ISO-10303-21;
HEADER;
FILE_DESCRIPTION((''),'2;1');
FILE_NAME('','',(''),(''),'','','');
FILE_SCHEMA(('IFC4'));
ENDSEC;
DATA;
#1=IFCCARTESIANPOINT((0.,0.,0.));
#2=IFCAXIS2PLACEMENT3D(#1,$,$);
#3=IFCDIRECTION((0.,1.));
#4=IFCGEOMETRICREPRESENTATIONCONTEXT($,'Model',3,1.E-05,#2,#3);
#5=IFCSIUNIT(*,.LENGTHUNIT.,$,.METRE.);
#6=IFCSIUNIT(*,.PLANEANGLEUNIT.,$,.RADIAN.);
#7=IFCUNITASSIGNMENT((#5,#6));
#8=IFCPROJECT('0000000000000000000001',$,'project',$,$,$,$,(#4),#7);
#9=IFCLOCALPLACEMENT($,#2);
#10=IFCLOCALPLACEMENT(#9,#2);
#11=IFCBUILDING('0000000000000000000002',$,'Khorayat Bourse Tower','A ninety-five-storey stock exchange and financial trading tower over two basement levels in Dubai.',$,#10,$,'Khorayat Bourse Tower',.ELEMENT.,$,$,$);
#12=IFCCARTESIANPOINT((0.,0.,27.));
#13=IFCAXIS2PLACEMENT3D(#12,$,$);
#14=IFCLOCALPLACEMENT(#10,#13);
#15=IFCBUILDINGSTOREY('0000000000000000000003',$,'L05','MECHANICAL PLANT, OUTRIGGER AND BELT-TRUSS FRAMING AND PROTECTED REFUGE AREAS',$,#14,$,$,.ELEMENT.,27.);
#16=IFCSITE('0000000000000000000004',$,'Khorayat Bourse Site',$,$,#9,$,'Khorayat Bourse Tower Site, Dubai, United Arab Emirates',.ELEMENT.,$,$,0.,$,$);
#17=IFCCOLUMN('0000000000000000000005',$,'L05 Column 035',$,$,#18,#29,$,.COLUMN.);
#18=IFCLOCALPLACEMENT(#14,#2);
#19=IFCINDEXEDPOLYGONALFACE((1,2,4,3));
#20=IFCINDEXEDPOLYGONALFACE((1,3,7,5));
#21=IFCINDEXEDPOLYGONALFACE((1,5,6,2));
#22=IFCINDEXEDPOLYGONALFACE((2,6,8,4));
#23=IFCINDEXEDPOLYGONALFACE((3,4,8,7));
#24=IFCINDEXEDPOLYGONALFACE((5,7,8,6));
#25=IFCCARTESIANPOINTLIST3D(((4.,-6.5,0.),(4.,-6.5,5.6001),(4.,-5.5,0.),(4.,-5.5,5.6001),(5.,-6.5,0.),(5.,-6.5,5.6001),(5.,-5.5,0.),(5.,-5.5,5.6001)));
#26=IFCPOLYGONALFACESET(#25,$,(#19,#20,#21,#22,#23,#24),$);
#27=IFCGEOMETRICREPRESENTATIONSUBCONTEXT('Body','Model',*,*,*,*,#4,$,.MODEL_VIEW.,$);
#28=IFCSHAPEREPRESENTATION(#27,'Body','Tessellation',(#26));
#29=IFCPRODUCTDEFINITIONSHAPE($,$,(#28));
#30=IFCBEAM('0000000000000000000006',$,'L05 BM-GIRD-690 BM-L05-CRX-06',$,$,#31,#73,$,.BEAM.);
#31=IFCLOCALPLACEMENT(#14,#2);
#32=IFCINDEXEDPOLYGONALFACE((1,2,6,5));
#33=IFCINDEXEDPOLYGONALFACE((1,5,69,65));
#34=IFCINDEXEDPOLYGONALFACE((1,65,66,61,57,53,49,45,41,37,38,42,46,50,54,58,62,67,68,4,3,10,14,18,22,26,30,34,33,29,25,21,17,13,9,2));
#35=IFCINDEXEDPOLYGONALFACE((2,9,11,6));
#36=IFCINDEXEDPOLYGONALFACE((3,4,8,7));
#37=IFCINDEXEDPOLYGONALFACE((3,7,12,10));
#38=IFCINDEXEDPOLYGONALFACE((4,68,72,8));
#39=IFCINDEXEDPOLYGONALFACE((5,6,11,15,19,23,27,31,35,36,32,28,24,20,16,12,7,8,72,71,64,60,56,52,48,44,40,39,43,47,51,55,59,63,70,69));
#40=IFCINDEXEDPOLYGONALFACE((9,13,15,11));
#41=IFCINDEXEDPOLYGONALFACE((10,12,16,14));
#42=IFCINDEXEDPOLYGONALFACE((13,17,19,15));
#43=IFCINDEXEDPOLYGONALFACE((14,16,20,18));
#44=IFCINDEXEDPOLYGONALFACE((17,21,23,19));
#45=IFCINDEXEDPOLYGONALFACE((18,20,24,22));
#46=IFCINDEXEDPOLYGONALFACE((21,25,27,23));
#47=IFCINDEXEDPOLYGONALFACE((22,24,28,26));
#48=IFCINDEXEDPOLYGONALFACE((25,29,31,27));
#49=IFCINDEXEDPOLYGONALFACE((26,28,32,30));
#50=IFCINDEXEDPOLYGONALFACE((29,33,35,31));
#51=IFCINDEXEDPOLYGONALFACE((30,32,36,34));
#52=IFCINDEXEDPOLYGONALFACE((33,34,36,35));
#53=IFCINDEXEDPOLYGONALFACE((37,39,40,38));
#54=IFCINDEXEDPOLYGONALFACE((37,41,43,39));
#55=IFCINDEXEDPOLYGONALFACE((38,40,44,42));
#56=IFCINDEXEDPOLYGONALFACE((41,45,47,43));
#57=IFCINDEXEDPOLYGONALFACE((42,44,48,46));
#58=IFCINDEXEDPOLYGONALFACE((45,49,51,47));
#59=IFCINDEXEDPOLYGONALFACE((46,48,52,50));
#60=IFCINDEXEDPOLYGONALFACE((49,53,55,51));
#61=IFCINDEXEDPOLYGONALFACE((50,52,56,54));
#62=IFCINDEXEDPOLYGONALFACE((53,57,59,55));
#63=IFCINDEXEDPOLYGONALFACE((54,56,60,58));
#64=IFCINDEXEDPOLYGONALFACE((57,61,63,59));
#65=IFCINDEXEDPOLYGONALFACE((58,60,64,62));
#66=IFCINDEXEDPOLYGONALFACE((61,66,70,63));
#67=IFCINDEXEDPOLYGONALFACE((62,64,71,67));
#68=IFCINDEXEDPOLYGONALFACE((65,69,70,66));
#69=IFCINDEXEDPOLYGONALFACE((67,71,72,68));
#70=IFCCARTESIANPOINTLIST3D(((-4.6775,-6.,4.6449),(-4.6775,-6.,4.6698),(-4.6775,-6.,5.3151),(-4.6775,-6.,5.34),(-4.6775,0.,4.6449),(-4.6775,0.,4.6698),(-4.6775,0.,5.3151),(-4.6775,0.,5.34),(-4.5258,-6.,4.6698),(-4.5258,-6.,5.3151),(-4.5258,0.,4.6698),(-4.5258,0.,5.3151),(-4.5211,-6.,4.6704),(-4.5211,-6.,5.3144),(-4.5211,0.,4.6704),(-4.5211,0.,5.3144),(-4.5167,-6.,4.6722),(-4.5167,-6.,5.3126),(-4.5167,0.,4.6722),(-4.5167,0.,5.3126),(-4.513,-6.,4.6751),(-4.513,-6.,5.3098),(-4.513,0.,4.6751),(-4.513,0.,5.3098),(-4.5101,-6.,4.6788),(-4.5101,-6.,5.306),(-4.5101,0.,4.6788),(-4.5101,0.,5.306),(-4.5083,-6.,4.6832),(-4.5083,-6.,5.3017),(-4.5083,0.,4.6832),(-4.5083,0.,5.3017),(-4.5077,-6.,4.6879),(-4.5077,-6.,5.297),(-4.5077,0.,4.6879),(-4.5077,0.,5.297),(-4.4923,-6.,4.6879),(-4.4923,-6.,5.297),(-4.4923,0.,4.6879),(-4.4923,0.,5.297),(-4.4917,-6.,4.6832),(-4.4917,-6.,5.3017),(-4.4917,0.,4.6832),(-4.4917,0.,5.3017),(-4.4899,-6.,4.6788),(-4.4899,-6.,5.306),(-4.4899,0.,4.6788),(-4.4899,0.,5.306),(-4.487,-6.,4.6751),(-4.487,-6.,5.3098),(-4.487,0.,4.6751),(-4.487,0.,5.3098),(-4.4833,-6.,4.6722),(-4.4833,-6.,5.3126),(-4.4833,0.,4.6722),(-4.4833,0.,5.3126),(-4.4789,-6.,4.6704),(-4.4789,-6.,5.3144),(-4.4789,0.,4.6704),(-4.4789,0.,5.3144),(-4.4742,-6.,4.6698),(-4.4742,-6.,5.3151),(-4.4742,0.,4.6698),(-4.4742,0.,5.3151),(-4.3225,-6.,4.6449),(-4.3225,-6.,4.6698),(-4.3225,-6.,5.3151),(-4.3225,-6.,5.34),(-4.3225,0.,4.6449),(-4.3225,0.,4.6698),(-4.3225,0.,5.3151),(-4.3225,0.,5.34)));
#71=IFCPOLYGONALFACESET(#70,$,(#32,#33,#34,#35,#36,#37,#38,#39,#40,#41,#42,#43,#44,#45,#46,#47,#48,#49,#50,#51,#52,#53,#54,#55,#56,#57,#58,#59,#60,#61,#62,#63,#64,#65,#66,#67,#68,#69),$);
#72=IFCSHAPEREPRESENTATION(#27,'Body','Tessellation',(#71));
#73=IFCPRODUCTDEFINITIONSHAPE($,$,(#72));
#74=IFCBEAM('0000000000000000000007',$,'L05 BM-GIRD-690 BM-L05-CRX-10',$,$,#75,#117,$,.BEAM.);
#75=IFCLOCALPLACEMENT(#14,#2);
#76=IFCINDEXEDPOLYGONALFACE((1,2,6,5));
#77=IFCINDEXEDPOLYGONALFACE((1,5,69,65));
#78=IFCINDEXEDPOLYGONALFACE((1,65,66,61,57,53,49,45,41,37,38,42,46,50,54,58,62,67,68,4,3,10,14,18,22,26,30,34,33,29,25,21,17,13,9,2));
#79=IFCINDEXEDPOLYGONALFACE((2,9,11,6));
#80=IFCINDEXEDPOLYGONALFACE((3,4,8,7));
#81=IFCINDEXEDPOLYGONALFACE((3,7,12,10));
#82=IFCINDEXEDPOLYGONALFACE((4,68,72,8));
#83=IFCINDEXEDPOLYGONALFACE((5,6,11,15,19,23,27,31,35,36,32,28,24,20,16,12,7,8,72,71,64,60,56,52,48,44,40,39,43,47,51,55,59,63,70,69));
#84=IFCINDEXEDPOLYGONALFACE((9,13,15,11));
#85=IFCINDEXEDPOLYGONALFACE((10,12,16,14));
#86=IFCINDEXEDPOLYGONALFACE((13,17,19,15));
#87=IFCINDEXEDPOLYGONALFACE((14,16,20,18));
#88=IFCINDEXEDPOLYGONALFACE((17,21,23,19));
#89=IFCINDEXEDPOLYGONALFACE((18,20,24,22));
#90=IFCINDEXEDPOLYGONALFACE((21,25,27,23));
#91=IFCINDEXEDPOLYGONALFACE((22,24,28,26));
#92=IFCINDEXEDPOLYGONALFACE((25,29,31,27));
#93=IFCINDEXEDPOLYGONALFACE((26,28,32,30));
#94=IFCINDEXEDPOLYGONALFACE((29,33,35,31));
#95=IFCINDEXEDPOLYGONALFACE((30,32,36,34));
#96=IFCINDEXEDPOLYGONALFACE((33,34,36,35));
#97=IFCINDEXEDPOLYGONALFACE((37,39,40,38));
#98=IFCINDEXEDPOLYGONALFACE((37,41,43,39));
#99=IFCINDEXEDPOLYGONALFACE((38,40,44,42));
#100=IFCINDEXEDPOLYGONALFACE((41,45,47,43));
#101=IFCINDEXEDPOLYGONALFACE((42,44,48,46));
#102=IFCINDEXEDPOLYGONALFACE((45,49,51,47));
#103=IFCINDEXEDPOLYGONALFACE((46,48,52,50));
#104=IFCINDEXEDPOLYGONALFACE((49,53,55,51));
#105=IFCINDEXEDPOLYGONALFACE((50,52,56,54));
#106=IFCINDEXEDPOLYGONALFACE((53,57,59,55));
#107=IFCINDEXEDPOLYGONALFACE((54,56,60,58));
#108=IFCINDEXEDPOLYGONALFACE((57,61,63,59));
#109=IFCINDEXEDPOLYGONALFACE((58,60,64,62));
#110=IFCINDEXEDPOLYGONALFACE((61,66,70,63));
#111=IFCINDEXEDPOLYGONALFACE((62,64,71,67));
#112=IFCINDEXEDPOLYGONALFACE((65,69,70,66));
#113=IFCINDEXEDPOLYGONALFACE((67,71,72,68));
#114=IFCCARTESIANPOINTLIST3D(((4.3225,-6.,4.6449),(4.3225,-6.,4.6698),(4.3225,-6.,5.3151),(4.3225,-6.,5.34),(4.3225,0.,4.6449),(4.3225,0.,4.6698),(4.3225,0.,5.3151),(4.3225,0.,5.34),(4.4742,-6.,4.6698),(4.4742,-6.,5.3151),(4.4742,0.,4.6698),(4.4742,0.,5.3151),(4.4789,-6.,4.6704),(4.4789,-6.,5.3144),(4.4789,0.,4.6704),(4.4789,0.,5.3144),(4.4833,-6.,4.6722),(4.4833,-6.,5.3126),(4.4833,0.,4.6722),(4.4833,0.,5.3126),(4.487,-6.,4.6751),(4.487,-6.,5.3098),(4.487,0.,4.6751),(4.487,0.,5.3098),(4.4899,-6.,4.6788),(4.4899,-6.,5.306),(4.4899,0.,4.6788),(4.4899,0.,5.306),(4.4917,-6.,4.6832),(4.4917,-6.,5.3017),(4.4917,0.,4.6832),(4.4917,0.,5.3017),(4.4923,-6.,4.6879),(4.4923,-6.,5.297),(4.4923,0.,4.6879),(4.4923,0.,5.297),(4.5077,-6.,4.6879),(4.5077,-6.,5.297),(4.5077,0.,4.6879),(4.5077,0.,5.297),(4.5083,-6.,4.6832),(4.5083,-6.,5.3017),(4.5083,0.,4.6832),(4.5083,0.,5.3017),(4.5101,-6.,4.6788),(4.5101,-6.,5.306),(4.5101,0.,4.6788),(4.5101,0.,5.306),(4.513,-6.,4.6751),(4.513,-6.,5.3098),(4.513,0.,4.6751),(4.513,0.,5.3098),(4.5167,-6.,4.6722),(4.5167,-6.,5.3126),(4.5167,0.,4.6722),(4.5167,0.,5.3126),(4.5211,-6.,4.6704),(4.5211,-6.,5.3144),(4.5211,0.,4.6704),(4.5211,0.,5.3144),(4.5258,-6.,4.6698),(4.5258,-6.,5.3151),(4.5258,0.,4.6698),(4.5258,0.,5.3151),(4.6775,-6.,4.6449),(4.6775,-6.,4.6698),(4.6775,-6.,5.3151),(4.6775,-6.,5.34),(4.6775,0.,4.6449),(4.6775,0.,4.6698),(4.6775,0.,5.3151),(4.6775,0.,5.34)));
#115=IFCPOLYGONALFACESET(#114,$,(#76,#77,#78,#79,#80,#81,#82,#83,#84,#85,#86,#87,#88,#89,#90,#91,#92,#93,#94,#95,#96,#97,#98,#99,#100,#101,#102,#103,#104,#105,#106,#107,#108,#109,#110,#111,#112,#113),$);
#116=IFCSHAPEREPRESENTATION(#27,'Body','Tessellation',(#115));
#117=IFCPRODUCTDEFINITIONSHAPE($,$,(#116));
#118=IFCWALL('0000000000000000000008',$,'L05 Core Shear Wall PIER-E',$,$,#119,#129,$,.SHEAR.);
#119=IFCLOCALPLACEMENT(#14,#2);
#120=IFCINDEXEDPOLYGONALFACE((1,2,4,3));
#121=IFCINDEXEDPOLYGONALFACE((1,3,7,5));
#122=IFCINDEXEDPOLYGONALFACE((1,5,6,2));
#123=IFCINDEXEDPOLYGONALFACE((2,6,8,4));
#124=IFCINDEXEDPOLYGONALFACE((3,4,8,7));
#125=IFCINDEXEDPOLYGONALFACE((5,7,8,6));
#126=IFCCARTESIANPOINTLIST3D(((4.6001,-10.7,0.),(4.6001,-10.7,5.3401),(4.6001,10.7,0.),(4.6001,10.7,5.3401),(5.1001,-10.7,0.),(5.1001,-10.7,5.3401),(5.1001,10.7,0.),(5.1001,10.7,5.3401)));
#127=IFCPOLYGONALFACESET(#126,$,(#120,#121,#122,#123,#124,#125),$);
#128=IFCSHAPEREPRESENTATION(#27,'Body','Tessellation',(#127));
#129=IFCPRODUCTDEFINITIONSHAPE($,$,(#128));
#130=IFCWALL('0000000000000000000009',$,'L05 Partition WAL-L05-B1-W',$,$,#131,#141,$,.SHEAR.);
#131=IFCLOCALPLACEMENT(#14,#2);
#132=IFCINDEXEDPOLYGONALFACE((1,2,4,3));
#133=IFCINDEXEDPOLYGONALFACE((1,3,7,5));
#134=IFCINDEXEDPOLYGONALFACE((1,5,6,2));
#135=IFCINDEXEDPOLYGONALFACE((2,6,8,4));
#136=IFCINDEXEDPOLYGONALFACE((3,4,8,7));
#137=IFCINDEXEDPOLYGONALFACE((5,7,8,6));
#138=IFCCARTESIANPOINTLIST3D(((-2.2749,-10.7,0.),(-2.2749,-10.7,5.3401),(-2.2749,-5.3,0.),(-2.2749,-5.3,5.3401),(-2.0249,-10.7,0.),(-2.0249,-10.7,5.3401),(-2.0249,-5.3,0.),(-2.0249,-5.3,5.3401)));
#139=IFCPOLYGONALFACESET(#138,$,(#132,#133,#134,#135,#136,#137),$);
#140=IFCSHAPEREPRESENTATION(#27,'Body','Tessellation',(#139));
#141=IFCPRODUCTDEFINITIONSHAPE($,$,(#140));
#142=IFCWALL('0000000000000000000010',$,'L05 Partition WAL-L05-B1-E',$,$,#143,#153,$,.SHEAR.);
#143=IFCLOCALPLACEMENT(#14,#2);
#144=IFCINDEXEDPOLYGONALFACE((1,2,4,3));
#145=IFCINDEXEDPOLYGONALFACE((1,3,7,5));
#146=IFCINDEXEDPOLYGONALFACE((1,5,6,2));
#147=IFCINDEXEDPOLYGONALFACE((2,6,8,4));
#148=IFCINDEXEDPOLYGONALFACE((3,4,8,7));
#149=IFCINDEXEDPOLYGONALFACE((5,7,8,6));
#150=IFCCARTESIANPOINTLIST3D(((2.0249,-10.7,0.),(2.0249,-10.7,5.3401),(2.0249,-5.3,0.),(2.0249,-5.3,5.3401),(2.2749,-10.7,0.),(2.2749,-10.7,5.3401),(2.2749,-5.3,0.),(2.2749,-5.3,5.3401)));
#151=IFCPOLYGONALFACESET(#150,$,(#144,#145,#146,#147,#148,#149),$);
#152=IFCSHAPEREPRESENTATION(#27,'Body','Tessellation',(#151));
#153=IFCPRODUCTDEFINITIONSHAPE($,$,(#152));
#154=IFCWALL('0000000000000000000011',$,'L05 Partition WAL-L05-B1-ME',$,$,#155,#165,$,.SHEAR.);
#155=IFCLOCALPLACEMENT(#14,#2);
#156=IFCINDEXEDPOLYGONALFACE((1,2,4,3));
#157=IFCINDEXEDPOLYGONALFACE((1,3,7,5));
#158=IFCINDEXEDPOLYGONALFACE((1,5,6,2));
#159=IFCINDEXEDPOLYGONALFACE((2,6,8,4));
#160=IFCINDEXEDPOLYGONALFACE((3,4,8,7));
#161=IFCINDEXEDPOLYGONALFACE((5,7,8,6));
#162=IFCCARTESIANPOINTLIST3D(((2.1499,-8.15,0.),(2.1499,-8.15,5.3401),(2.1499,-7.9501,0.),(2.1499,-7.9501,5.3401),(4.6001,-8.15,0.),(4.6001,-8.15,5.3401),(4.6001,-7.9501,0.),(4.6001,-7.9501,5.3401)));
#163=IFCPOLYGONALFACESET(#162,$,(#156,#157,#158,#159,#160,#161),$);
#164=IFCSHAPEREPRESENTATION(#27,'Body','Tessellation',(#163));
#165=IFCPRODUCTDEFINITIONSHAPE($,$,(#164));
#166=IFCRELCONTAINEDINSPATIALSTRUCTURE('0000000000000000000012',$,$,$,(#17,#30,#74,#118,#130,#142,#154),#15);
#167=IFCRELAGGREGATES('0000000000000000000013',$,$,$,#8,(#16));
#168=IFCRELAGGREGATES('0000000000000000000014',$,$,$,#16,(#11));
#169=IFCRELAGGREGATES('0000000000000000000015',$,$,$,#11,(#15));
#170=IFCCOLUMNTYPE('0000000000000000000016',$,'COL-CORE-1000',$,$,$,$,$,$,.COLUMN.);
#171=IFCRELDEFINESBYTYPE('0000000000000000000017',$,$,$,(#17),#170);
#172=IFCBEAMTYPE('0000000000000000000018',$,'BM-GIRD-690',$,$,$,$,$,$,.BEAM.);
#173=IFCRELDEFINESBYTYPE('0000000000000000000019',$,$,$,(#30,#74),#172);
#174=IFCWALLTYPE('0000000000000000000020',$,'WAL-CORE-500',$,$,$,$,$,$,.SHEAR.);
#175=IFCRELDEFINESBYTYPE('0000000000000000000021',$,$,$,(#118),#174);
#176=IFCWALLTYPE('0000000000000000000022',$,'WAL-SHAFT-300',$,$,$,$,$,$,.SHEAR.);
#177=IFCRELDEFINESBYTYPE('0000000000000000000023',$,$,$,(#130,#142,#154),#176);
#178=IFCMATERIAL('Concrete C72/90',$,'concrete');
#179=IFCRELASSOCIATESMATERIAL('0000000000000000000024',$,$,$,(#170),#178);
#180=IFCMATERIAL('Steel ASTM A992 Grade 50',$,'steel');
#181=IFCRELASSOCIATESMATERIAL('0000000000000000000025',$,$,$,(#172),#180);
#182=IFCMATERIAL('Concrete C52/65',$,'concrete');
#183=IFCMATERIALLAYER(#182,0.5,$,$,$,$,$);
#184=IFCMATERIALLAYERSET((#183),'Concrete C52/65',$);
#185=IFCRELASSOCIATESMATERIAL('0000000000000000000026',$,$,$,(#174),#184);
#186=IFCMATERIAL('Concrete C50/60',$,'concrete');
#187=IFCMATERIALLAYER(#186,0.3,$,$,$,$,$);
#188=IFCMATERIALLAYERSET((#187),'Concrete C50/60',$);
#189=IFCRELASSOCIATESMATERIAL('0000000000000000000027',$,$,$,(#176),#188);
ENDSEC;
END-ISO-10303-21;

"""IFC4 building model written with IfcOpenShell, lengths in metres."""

from ifc_helpers import new_model, si_unit, direction, frame, frame_2d, origin, origin_2d, place, context, subcontext, project, spatial, rectangle, i_section, extrude, source, transform, mapped, material, layer, layer_set, material_profile, profile_set, type_object, element, save


model = new_model("IFC4")

# Units and contexts
model_context = context("Model", 3, precision=1e-05, world=origin(), true_north=direction((0.0, 1.0)))
body_context = subcontext(model_context, "Body", "Model", "MODEL_VIEW")
ifc_project = project(units=[si_unit("LENGTHUNIT", "METRE"), si_unit("PLANEANGLEUNIT", "RADIAN")], contexts=[model_context])

# Site, building, storey
site_placement = place(None, origin())
site = spatial("IfcSite", under=ifc_project, at=site_placement, Name="Khorayat Bourse Site", LongName="Khorayat Bourse Tower Site, Dubai, United Arab Emirates", CompositionType="ELEMENT", RefElevation=0.0)
building_placement = place(site_placement, origin())
building = spatial("IfcBuilding", under=site, at=building_placement, Name="Khorayat Bourse Tower", Description="A ninety-five-storey stock exchange and financial trading tower over two basement levels in Dubai.", LongName="Khorayat Bourse Tower", CompositionType="ELEMENT")
storey_placement = place(building_placement, frame((0.0, 0.0, 27.0)))
storey = spatial("IfcBuildingStorey", under=building, at=storey_placement, Name="L05", Description="MECHANICAL PLANT, OUTRIGGER AND BELT-TRUSS FRAMING AND PROTECTED REFUGE AREAS", CompositionType="ELEMENT", Elevation=27.0)

# Column
ifc_material_1 = material(Name="Concrete C72/90", Category="concrete")
ifc_material_profile_1 = material_profile(ifc_material_1, rectangle(XDim=1.0, YDim=1.0, at=origin_2d()), Name="RC 1000x1000")
ifc_profile_set_1 = profile_set([ifc_material_profile_1], Name="Concrete C72/90")
column_type = type_object("IfcColumnType", Name="COL-CORE-1000", PredefinedType="COLUMN", material=ifc_profile_set_1)
shared_shape_1 = source(origin(), body_context, "Body", "SweptSolid", [
    extrude(rectangle(XDim=1.0, YDim=1.0, at=origin_2d()), origin(), (0.0, 0.0, 1.0), 5.6001),
])
column_placement = place(storey_placement, frame((4.5, -6.0, 0.0), z_axis=(0.0, 0.0, 1.0), x_axis=(1.0, 0.0, 0.0)))
element("IfcColumn", 1, at=column_placement, inside=storey, type_object=column_type, Name="L05 Column 035", PredefinedType="COLUMN", context=body_context, shape_type="MappedRepresentation", body=[
    mapped(shared_shape_1, transform((0.0, 0.0, 0.0), scale=1.0)),
])

# Beams
ifc_material_2 = material(Name="Steel ASTM A992 Grade 50", Category="steel")
ifc_material_profile_2 = material_profile(ifc_material_2, i_section(OverallWidth=0.355, OverallDepth=0.6951, WebThickness=0.0154, FlangeThickness=0.0249, FilletRadius=0.0181, at=origin_2d()), Name="W690X217")
ifc_profile_set_2 = profile_set([ifc_material_profile_2], Name="Steel ASTM A992 Grade 50")
beam_type = type_object("IfcBeamType", Name="BM-GIRD-690", PredefinedType="BEAM", material=ifc_profile_set_2)
shared_shape_2 = source(origin(), body_context, "Body", "SweptSolid", [
    extrude(i_section(OverallWidth=0.355, OverallDepth=0.6951, WebThickness=0.0154, FlangeThickness=0.0249, FilletRadius=0.0181, at=origin_2d()), origin(), (0.0, 0.0, 1.0), 6.0),
])
for number, where, z_axis, x_axis, name in (
    (2, (-4.5, -6.0, 4.9924), (0.0, 1.0, 0.0), (-1.0, 0.0, 0.0), "L05 BM-GIRD-690 BM-L05-CRX-06"),
    (3, (4.5, -6.0, 4.9924), (0.0, 1.0, 0.0), (-1.0, 0.0, 0.0), "L05 BM-GIRD-690 BM-L05-CRX-10"),
):
    element("IfcBeam", number, at=place(storey_placement, frame(where, z_axis=z_axis, x_axis=x_axis)), inside=storey, type_object=beam_type, Name=name, PredefinedType="BEAM", context=body_context, shape_type="MappedRepresentation", body=[
        mapped(shared_shape_2, transform((0.0, 0.0, 0.0), scale=1.0)),
    ])

# Walls
ifc_material_3 = material(Name="Concrete C52/65", Category="concrete")
ifc_layer_1 = layer(ifc_material_3, 0.5)
ifc_layer_set_1 = layer_set([ifc_layer_1], Name="Concrete C52/65")
wall_type_1 = type_object("IfcWallType", Name="WAL-CORE-500", PredefinedType="SHEAR", material=ifc_layer_set_1)
shared_shape_3 = source(origin(), body_context, "Body", "SweptSolid", [
    extrude(rectangle(XDim=21.3999, YDim=0.5, at=frame_2d((10.7, 0.0))), origin(), (0.0, 0.0, 1.0), 5.3401),
])
wall_1_placement = place(storey_placement, frame((4.8501, -10.7, 0.0), z_axis=(0.0, 0.0, 1.0), x_axis=(0.0, 1.0, 0.0)))
element("IfcWall", 4, at=wall_1_placement, inside=storey, type_object=wall_type_1, Name="L05 Core Shear Wall PIER-E", PredefinedType="SHEAR", context=body_context, shape_type="MappedRepresentation", body=[
    mapped(shared_shape_3, transform((0.0, 0.0, 0.0), scale=1.0)),
])
ifc_material_4 = material(Name="Concrete C50/60", Category="concrete")
ifc_layer_2 = layer(ifc_material_4, 0.3)
ifc_layer_set_2 = layer_set([ifc_layer_2], Name="Concrete C50/60")
wall_type_2 = type_object("IfcWallType", Name="WAL-SHAFT-300", PredefinedType="SHEAR", material=ifc_layer_set_2)
shared_shape_4 = source(origin(), body_context, "Body", "SweptSolid", [
    extrude(rectangle(XDim=5.3999, YDim=0.25, at=frame_2d((2.7, 0.0))), origin(), (0.0, 0.0, 1.0), 5.3401),
])
for number, where, z_axis, x_axis, name in (
    (5, (-2.1499, -10.7, 0.0), (0.0, 0.0, 1.0), (0.0, 1.0, 0.0), "L05 Partition WAL-L05-B1-W"),
    (6, (2.1499, -10.7, 0.0), (0.0, 0.0, 1.0), (0.0, 1.0, 0.0), "L05 Partition WAL-L05-B1-E"),
):
    element("IfcWall", number, at=place(storey_placement, frame(where, z_axis=z_axis, x_axis=x_axis)), inside=storey, type_object=wall_type_2, Name=name, PredefinedType="SHEAR", context=body_context, shape_type="MappedRepresentation", body=[
        mapped(shared_shape_4, transform((0.0, 0.0, 0.0), scale=1.0)),
    ])
shared_shape_5 = source(origin(), body_context, "Body", "SweptSolid", [
    extrude(rectangle(XDim=2.4502, YDim=0.2, at=frame_2d((1.2251, 0.0))), origin(), (0.0, 0.0, 1.0), 5.3401),
])
wall_2_placement = place(storey_placement, frame((2.1499, -8.05, 0.0), z_axis=(0.0, 0.0, 1.0), x_axis=(1.0, 0.0, 0.0)))
element("IfcWall", 7, at=wall_2_placement, inside=storey, type_object=wall_type_2, Name="L05 Partition WAL-L05-B1-ME", PredefinedType="SHEAR", context=body_context, shape_type="MappedRepresentation", body=[
    mapped(shared_shape_5, transform((0.0, 0.0, 0.0), scale=1.0)),
])

save(model, "model.ifc")
